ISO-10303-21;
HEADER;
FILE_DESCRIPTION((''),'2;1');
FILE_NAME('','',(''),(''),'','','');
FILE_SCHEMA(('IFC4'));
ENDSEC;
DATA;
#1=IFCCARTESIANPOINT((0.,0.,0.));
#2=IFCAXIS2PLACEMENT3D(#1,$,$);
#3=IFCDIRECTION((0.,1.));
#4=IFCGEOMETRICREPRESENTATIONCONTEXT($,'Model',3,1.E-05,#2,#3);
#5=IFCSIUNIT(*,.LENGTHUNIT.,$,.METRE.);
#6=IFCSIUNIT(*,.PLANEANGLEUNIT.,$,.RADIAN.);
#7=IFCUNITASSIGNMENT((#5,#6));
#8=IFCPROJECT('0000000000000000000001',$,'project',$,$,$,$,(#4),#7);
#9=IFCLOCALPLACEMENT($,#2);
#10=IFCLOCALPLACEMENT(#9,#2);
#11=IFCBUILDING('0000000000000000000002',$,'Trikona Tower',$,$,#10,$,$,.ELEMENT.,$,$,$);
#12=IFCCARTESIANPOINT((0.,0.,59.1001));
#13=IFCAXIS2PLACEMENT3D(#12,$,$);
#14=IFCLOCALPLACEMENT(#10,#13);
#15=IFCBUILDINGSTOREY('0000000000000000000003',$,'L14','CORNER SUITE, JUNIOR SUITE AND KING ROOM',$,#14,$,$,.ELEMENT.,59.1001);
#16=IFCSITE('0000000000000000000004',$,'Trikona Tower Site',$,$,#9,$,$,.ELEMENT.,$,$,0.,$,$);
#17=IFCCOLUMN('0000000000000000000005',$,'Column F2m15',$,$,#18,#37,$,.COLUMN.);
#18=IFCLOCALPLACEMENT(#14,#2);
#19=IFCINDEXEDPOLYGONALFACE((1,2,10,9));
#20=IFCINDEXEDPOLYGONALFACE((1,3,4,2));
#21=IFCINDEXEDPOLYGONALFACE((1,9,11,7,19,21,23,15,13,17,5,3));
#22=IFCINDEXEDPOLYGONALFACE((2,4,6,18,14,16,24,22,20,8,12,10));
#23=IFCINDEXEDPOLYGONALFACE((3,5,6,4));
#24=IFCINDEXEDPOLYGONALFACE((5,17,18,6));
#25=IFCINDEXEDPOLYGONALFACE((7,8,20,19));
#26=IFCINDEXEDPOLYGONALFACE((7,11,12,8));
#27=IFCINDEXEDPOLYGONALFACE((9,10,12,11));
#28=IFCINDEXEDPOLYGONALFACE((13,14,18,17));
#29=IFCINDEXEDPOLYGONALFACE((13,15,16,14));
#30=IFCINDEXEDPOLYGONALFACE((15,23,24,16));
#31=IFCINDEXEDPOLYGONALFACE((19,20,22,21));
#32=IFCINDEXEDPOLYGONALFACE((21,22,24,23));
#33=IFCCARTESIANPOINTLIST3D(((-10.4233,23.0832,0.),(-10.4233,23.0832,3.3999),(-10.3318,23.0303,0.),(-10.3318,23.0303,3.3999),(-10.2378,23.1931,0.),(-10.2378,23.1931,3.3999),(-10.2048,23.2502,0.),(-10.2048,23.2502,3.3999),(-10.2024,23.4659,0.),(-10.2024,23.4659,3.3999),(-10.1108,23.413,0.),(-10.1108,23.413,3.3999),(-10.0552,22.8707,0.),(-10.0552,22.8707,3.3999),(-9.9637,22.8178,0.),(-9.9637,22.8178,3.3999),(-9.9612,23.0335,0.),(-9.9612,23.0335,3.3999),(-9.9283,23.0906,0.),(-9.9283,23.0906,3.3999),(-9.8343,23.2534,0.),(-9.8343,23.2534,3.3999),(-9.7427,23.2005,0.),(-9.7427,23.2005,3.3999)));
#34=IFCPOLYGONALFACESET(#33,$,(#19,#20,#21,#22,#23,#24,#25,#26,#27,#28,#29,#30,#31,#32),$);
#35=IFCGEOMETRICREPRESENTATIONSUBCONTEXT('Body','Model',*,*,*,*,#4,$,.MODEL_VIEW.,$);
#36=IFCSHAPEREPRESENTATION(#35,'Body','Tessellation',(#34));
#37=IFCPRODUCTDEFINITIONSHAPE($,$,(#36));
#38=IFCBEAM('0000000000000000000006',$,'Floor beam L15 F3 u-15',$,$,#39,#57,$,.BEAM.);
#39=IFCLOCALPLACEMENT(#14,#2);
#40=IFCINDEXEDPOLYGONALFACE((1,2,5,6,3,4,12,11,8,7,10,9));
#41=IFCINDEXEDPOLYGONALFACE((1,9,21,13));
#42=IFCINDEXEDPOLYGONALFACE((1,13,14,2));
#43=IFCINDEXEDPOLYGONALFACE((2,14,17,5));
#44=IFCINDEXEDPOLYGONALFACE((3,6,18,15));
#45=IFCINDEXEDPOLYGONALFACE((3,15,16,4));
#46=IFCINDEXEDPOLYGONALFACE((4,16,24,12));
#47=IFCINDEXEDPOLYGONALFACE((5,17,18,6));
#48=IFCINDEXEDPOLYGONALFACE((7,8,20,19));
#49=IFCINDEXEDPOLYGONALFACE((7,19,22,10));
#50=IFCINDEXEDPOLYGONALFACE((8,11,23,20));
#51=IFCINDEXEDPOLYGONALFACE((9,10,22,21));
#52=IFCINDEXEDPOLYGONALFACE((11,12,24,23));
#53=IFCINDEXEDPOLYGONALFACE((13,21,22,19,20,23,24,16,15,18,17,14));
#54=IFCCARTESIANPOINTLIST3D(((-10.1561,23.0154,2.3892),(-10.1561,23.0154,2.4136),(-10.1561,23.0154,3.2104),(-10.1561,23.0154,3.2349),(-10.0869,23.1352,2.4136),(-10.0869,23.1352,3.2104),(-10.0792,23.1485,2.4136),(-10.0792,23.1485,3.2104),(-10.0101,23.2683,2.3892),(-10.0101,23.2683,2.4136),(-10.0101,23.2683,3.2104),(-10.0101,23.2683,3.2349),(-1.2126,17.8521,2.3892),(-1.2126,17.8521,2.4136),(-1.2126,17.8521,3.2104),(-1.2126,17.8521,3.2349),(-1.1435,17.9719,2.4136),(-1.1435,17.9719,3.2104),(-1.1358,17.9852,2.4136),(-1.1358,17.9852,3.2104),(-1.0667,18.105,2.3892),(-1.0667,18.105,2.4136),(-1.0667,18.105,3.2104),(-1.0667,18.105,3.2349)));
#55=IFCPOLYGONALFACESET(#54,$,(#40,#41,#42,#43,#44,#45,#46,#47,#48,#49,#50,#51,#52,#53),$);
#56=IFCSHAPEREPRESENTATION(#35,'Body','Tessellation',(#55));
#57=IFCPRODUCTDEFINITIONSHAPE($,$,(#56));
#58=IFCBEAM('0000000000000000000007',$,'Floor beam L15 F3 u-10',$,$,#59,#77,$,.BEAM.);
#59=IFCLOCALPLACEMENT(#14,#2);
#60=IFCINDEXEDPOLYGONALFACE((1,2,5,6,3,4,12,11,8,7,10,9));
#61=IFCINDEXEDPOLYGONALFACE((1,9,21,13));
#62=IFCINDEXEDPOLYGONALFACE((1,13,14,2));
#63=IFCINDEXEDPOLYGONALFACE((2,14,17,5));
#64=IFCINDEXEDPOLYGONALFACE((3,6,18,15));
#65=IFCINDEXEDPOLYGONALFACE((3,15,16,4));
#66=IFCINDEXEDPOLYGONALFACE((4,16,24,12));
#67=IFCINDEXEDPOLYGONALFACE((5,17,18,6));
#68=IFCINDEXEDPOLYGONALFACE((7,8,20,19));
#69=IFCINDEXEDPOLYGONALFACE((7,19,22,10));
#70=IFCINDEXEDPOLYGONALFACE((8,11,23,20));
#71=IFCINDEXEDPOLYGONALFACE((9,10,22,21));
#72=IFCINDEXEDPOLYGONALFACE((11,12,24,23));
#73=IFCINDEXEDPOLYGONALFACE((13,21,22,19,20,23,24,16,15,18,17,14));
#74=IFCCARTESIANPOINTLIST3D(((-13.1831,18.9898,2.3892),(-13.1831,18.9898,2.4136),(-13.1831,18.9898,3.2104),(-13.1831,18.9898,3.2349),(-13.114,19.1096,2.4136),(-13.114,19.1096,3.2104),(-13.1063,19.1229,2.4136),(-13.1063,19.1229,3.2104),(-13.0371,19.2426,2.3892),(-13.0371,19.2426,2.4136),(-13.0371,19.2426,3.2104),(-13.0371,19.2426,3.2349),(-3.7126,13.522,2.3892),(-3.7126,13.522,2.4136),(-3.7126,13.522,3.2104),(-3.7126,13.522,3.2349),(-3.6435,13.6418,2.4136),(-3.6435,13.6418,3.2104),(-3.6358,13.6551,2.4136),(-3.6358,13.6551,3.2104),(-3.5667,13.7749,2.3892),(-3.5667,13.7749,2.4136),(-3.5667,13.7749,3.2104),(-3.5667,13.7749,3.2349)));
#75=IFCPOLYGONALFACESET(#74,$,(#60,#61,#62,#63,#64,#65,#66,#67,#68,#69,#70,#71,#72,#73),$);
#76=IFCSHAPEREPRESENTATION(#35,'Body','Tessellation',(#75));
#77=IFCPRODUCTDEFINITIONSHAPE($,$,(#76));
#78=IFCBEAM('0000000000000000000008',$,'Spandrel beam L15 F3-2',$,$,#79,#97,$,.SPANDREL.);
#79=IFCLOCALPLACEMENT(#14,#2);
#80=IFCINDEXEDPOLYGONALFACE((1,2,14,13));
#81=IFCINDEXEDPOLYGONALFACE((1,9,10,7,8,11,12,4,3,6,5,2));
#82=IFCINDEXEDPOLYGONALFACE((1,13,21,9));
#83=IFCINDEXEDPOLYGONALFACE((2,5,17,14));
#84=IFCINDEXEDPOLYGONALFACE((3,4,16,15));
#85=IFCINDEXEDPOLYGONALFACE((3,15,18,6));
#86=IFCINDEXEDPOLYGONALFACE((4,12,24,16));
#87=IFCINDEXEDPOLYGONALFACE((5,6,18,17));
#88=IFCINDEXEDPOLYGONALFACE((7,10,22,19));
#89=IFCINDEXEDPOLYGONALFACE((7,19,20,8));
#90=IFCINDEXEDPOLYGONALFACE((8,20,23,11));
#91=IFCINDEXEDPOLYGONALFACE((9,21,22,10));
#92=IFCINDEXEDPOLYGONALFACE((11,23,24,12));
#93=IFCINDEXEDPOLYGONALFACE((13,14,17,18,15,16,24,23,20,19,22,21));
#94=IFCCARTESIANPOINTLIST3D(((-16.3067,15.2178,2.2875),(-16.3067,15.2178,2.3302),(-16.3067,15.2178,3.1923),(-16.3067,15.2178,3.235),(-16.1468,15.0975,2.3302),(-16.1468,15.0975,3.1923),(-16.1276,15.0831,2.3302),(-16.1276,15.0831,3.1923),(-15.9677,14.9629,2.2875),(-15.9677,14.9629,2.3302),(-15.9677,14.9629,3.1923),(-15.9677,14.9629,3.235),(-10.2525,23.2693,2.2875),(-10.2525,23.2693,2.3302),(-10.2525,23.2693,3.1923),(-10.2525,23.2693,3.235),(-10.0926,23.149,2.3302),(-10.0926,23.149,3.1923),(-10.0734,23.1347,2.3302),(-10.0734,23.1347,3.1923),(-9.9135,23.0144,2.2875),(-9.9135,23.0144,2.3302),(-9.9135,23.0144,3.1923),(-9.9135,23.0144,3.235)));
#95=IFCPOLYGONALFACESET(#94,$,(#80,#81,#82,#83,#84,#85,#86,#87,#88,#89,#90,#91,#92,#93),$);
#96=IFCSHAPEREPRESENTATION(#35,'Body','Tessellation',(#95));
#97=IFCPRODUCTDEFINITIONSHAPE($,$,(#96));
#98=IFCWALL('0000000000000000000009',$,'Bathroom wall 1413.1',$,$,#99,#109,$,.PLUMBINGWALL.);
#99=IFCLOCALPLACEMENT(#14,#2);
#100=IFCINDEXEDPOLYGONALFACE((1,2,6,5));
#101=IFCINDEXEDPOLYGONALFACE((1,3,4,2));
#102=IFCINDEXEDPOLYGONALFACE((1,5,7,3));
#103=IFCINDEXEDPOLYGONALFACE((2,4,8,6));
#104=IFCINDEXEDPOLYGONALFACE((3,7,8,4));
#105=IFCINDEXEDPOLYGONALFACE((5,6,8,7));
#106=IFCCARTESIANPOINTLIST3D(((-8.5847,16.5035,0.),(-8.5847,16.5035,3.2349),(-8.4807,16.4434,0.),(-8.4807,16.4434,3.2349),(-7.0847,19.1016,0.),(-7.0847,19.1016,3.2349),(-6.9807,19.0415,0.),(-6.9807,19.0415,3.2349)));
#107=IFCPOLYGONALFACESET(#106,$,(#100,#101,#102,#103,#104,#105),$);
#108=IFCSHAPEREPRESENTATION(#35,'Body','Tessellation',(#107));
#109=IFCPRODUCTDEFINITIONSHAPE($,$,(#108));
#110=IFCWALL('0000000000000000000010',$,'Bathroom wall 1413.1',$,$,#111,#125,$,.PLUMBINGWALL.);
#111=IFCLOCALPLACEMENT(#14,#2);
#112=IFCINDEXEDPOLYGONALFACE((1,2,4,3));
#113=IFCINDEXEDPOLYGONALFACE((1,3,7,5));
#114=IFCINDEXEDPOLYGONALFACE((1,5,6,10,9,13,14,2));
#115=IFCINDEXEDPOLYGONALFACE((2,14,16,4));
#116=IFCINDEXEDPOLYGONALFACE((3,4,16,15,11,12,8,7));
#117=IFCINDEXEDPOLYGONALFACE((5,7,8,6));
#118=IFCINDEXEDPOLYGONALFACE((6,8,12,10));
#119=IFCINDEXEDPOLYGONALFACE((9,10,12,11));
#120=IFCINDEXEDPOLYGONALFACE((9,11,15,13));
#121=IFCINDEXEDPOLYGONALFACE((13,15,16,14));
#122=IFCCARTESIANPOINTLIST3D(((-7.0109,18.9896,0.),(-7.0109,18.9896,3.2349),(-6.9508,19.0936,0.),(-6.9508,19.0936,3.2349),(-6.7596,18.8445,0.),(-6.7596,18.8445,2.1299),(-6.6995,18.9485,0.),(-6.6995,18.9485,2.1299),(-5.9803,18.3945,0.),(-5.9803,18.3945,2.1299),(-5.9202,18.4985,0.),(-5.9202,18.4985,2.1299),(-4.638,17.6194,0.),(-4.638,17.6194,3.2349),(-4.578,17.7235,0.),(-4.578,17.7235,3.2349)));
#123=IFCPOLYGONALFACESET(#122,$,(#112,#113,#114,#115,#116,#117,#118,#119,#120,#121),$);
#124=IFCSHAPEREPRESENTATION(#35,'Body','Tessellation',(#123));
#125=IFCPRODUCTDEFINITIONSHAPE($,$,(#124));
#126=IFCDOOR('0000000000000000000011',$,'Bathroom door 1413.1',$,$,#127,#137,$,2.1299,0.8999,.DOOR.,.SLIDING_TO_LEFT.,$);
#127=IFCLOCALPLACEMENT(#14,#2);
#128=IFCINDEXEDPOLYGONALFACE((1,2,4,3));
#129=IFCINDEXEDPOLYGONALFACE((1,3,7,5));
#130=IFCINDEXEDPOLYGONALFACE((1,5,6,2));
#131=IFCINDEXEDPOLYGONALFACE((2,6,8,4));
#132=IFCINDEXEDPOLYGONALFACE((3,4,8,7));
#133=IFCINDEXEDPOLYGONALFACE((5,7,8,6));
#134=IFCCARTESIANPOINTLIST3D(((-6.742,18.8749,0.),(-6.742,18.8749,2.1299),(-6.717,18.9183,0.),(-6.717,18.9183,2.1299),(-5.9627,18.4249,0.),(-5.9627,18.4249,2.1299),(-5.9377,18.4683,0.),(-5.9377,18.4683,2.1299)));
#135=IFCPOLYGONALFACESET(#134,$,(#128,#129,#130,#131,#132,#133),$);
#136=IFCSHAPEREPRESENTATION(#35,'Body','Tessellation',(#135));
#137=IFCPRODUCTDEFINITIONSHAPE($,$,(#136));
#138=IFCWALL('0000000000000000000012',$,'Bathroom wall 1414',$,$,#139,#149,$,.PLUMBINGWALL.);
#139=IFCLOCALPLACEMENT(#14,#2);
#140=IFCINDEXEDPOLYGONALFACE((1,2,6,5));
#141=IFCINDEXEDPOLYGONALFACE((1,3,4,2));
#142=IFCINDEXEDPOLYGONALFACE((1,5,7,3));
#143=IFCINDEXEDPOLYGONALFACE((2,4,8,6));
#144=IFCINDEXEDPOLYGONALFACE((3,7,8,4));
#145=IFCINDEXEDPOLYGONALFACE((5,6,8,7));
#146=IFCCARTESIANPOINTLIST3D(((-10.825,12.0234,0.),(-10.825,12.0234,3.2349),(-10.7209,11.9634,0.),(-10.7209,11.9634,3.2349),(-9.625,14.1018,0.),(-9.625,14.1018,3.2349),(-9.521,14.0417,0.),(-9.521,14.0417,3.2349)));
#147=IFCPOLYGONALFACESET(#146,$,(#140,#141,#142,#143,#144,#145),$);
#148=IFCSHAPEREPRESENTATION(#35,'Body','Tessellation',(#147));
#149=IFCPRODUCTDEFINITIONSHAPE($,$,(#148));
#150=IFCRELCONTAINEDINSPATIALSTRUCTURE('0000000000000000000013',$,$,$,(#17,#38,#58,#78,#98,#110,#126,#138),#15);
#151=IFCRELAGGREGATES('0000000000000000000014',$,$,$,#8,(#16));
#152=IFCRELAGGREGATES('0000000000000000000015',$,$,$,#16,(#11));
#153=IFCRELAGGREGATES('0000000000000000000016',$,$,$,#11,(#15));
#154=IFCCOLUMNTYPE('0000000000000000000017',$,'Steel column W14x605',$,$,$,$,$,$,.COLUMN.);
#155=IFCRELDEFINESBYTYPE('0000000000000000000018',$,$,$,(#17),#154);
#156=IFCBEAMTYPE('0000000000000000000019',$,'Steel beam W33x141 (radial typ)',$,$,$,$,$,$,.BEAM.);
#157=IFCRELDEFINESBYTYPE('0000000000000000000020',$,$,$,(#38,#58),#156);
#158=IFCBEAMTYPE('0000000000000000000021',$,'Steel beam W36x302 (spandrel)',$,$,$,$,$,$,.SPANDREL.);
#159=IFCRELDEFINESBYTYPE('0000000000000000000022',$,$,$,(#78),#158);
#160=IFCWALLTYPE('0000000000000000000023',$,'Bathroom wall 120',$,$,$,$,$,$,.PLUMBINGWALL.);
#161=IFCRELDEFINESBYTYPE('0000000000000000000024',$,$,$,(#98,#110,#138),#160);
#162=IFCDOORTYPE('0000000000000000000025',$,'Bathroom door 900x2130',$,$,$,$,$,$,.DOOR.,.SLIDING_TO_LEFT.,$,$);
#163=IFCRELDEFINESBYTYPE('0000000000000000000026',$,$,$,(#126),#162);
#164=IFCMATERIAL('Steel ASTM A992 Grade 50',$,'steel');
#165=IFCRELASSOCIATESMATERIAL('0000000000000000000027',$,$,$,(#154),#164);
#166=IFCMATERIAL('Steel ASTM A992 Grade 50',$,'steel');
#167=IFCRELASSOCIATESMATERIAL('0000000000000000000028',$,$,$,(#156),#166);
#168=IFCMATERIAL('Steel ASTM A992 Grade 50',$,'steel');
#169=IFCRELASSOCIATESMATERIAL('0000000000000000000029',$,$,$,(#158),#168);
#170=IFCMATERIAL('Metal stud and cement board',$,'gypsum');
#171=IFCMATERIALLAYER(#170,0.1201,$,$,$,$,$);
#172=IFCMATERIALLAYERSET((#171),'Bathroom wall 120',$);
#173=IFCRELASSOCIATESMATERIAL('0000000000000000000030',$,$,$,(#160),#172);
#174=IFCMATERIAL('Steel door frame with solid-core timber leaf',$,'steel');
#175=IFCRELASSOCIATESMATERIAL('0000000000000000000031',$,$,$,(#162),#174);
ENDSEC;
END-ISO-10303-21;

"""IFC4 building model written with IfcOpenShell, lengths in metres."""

from ifc_helpers import new_model, si_unit, direction, frame, frame_2d, origin, origin_2d, place, context, subcontext, project, spatial, rectangle, i_section, extrude, material, layer, layer_set, material_profile, profile_set, type_object, element, fill, save


model = new_model("IFC4")

# Units and contexts
model_context = context("Model", 3, precision=1e-05, world=origin(), true_north=direction((0.0, 1.0)))
body_context = subcontext(model_context, "Body", "Model", "MODEL_VIEW")
ifc_project = project(units=[si_unit("LENGTHUNIT", "METRE"), si_unit("PLANEANGLEUNIT", "RADIAN")], contexts=[model_context])

# Site, building, storey
site_placement = place(None, origin())
site = spatial("IfcSite", under=ifc_project, at=site_placement, Name="Trikona Tower Site", CompositionType="ELEMENT", RefElevation=0.0)
building_placement = place(site_placement, origin())
building = spatial("IfcBuilding", under=site, at=building_placement, Name="Trikona Tower", CompositionType="ELEMENT")
storey_placement = place(building_placement, frame((0.0, 0.0, 59.1001)))
storey = spatial("IfcBuildingStorey", under=building, at=storey_placement, Name="L14", Description="CORNER SUITE, JUNIOR SUITE AND KING ROOM", CompositionType="ELEMENT", Elevation=59.1001)

# Column
ifc_material_1 = material(Name="Steel ASTM A992 Grade 50", Category="steel")
ifc_material_profile_1 = material_profile(ifc_material_1, i_section(OverallWidth=0.4419, OverallDepth=0.5308, WebThickness=0.0659, FlangeThickness=0.1057, at=origin_2d()), Name="W14X605")
ifc_profile_set_1 = profile_set([ifc_material_profile_1], Name="Steel ASTM A992 Grade 50")
column_type = type_object("IfcColumnType", Name="Steel column W14x605", PredefinedType="COLUMN", material=ifc_profile_set_1)
column_placement = place(storey_placement, frame((-10.083, 23.1418, 0.0), z_axis=(0.0, 0.0, 1.0), x_axis=(-0.5, -0.866025, 0.0)))
element("IfcColumn", 1, at=column_placement, inside=storey, type_object=column_type, Name="Column F2m15", PredefinedType="COLUMN", context=body_context, shape_type="SweptSolid", body=[
    extrude(i_section(OverallWidth=0.4419, OverallDepth=0.5308, WebThickness=0.0659, FlangeThickness=0.1057, at=origin_2d()), origin(), (0.0, 0.0, 1.0), 3.3999),
])

# Beams
ifc_material_2 = material(Name="Steel ASTM A992 Grade 50", Category="steel")
ifc_material_profile_2 = material_profile(ifc_material_2, i_section(OverallWidth=0.292, OverallDepth=0.8457, WebThickness=0.0154, FlangeThickness=0.0244, at=origin_2d()), Name="W33X141")
ifc_profile_set_2 = profile_set([ifc_material_profile_2], Name="Steel ASTM A992 Grade 50")
beam_type_1 = type_object("IfcBeamType", Name="Steel beam W33x141 (radial typ)", PredefinedType="BEAM", material=ifc_profile_set_2)
beam_1_placement = place(storey_placement, frame((-1.1396, 17.9785, 2.812), z_axis=(-0.86603, 0.499991, 0.0), x_axis=(-0.499991, -0.86603, 0.0)))
element("IfcBeam", 2, at=beam_1_placement, inside=storey, type_object=beam_type_1, Name="Floor beam L15 F3 u-15", PredefinedType="BEAM", context=body_context, shape_type="SweptSolid", body=[
    extrude(i_section(OverallWidth=0.292, OverallDepth=0.8457, WebThickness=0.0154, FlangeThickness=0.0244, at=origin_2d()), origin(), (0.0, 0.0, 1.0), 10.3269),
])
beam_2_placement = place(storey_placement, frame((-3.6396, 13.6484, 2.812), z_axis=(-0.866025, 0.5, 0.0), x_axis=(-0.5, -0.866025, 0.0)))
element("IfcBeam", 3, at=beam_2_placement, inside=storey, type_object=beam_type_1, Name="Floor beam L15 F3 u-10", PredefinedType="BEAM", context=body_context, shape_type="SweptSolid", body=[
    extrude(i_section(OverallWidth=0.292, OverallDepth=0.8457, WebThickness=0.0154, FlangeThickness=0.0244, at=origin_2d()), origin(), (0.0, 0.0, 1.0), 10.9355),
])
ifc_material_3 = material(Name="Steel ASTM A992 Grade 50", Category="steel")
ifc_material_profile_3 = material_profile(ifc_material_3, i_section(OverallWidth=0.4241, OverallDepth=0.9475, WebThickness=0.0239, FlangeThickness=0.0427, at=origin_2d()), Name="W36X302")
ifc_profile_set_3 = profile_set([ifc_material_profile_3], Name="Steel ASTM A992 Grade 50")
beam_type_2 = type_object("IfcBeamType", Name="Steel beam W36x302 (spandrel)", PredefinedType="SPANDREL", material=ifc_profile_set_3)
beam_3_placement = place(storey_placement, frame((-10.083, 23.1418, 2.7612), z_axis=(-0.600988, -0.799258, 0.0), x_axis=(0.799258, -0.600988, 0.0)))
element("IfcBeam", 4, at=beam_3_placement, inside=storey, type_object=beam_type_2, Name="Spandrel beam L15 F3-2", PredefinedType="SPANDREL", context=body_context, shape_type="SweptSolid", body=[
    extrude(i_section(OverallWidth=0.4241, OverallDepth=0.9475, WebThickness=0.0239, FlangeThickness=0.0427, at=origin_2d()), origin(), (0.0, 0.0, 1.0), 10.0737),
])

# Wall
ifc_material_4 = material(Name="Metal stud and cement board", Category="gypsum")
ifc_layer_1 = layer(ifc_material_4, 0.1201)
ifc_layer_set_1 = layer_set([ifc_layer_1], Name="Bathroom wall 120")
wall_type_1 = type_object("IfcWallType", Name="Bathroom wall 120", PredefinedType="PLUMBINGWALL", material=ifc_layer_set_1)
wall_1_placement = place(storey_placement, frame((-7.0327, 19.0715, 0.0), z_axis=(0.0, 0.0, 1.0), x_axis=(-0.49999, -0.866031, 0.0)))
element("IfcWall", 5, at=wall_1_placement, inside=storey, type_object=wall_type_1, Name="Bathroom wall 1413.1", PredefinedType="PLUMBINGWALL", context=body_context, shape_type="SweptSolid", body=[
    extrude(rectangle(XDim=3.0, YDim=0.1201, at=frame_2d((1.5, 0.0))), origin(), (0.0, 0.0, 1.0), 3.2349),
])

# Wall, opening, door
wall_2_placement = place(storey_placement, frame((-4.6079, 17.6714, 0.0), z_axis=(0.0, 0.0, 1.0), x_axis=(-0.865997, 0.500049, 0.0)))
wall_2 = element("IfcWall", 6, at=wall_2_placement, inside=storey, type_object=wall_type_1, Name="Bathroom wall 1413.1", PredefinedType="PLUMBINGWALL", context=body_context, shape_type="SweptSolid", body=[
    extrude(rectangle(XDim=2.74, YDim=0.1201, at=frame_2d((1.3701, 0.0))), origin(), (0.0, 0.0, 1.0), 3.2349),
])
opening_1_placement = place(wall_2_placement, frame((1.55, 0.0, 0.0)))
opening_1 = element("IfcOpeningElement", 7, at=opening_1_placement, cuts=wall_2, PredefinedType="OPENING", context=body_context, shape_type="SweptSolid", body=[
    extrude(rectangle(XDim=0.8999, YDim=2.1299, at=frame_2d((0.45, 1.0649))), frame((0.0, 0.0701, 0.0), z_axis=(0.0, -1.0, 0.0), x_axis=(1.0, 0.0, 0.0)), (0.0, 0.0, 1.0), 0.1401),
])
ifc_material_5 = material(Name="Steel door frame with solid-core timber leaf", Category="steel")
door_type_1 = type_object("IfcDoorType", Name="Bathroom door 900x2130", OperationType="SLIDING_TO_LEFT", PredefinedType="DOOR", material=ifc_material_5)
door_1_placement = place(opening_1_placement, origin())
door_1 = element("IfcDoor", 8, at=door_1_placement, inside=storey, type_object=door_type_1, Name="Bathroom door 1413.1", OperationType="SLIDING_TO_LEFT", OverallHeight=2.1299, OverallWidth=0.8999, PredefinedType="DOOR", context=body_context, shape_type="SweptSolid", body=[
    extrude(rectangle(XDim=0.8999, YDim=2.1299, at=frame_2d((0.45, 1.0649))), frame((0.0, 0.0249, 0.0), z_axis=(0.0, -1.0, 0.0), x_axis=(1.0, 0.0, 0.0)), (0.0, 0.0, 1.0), 0.05),
])
fill(opening_1, door_1)

# Wall
wall_3_placement = place(storey_placement, frame((-9.573, 14.0718, 0.0), z_axis=(0.0, 0.0, 1.0), x_axis=(-0.500001, -0.866025, 0.0)))
element("IfcWall", 9, at=wall_3_placement, inside=storey, type_object=wall_type_1, Name="Bathroom wall 1414", PredefinedType="PLUMBINGWALL", context=body_context, shape_type="SweptSolid", body=[
    extrude(rectangle(XDim=2.3999, YDim=0.1201, at=frame_2d((1.2, 0.0))), origin(), (0.0, 0.0, 1.0), 3.2349),
])

save(model, "model.ifc")
